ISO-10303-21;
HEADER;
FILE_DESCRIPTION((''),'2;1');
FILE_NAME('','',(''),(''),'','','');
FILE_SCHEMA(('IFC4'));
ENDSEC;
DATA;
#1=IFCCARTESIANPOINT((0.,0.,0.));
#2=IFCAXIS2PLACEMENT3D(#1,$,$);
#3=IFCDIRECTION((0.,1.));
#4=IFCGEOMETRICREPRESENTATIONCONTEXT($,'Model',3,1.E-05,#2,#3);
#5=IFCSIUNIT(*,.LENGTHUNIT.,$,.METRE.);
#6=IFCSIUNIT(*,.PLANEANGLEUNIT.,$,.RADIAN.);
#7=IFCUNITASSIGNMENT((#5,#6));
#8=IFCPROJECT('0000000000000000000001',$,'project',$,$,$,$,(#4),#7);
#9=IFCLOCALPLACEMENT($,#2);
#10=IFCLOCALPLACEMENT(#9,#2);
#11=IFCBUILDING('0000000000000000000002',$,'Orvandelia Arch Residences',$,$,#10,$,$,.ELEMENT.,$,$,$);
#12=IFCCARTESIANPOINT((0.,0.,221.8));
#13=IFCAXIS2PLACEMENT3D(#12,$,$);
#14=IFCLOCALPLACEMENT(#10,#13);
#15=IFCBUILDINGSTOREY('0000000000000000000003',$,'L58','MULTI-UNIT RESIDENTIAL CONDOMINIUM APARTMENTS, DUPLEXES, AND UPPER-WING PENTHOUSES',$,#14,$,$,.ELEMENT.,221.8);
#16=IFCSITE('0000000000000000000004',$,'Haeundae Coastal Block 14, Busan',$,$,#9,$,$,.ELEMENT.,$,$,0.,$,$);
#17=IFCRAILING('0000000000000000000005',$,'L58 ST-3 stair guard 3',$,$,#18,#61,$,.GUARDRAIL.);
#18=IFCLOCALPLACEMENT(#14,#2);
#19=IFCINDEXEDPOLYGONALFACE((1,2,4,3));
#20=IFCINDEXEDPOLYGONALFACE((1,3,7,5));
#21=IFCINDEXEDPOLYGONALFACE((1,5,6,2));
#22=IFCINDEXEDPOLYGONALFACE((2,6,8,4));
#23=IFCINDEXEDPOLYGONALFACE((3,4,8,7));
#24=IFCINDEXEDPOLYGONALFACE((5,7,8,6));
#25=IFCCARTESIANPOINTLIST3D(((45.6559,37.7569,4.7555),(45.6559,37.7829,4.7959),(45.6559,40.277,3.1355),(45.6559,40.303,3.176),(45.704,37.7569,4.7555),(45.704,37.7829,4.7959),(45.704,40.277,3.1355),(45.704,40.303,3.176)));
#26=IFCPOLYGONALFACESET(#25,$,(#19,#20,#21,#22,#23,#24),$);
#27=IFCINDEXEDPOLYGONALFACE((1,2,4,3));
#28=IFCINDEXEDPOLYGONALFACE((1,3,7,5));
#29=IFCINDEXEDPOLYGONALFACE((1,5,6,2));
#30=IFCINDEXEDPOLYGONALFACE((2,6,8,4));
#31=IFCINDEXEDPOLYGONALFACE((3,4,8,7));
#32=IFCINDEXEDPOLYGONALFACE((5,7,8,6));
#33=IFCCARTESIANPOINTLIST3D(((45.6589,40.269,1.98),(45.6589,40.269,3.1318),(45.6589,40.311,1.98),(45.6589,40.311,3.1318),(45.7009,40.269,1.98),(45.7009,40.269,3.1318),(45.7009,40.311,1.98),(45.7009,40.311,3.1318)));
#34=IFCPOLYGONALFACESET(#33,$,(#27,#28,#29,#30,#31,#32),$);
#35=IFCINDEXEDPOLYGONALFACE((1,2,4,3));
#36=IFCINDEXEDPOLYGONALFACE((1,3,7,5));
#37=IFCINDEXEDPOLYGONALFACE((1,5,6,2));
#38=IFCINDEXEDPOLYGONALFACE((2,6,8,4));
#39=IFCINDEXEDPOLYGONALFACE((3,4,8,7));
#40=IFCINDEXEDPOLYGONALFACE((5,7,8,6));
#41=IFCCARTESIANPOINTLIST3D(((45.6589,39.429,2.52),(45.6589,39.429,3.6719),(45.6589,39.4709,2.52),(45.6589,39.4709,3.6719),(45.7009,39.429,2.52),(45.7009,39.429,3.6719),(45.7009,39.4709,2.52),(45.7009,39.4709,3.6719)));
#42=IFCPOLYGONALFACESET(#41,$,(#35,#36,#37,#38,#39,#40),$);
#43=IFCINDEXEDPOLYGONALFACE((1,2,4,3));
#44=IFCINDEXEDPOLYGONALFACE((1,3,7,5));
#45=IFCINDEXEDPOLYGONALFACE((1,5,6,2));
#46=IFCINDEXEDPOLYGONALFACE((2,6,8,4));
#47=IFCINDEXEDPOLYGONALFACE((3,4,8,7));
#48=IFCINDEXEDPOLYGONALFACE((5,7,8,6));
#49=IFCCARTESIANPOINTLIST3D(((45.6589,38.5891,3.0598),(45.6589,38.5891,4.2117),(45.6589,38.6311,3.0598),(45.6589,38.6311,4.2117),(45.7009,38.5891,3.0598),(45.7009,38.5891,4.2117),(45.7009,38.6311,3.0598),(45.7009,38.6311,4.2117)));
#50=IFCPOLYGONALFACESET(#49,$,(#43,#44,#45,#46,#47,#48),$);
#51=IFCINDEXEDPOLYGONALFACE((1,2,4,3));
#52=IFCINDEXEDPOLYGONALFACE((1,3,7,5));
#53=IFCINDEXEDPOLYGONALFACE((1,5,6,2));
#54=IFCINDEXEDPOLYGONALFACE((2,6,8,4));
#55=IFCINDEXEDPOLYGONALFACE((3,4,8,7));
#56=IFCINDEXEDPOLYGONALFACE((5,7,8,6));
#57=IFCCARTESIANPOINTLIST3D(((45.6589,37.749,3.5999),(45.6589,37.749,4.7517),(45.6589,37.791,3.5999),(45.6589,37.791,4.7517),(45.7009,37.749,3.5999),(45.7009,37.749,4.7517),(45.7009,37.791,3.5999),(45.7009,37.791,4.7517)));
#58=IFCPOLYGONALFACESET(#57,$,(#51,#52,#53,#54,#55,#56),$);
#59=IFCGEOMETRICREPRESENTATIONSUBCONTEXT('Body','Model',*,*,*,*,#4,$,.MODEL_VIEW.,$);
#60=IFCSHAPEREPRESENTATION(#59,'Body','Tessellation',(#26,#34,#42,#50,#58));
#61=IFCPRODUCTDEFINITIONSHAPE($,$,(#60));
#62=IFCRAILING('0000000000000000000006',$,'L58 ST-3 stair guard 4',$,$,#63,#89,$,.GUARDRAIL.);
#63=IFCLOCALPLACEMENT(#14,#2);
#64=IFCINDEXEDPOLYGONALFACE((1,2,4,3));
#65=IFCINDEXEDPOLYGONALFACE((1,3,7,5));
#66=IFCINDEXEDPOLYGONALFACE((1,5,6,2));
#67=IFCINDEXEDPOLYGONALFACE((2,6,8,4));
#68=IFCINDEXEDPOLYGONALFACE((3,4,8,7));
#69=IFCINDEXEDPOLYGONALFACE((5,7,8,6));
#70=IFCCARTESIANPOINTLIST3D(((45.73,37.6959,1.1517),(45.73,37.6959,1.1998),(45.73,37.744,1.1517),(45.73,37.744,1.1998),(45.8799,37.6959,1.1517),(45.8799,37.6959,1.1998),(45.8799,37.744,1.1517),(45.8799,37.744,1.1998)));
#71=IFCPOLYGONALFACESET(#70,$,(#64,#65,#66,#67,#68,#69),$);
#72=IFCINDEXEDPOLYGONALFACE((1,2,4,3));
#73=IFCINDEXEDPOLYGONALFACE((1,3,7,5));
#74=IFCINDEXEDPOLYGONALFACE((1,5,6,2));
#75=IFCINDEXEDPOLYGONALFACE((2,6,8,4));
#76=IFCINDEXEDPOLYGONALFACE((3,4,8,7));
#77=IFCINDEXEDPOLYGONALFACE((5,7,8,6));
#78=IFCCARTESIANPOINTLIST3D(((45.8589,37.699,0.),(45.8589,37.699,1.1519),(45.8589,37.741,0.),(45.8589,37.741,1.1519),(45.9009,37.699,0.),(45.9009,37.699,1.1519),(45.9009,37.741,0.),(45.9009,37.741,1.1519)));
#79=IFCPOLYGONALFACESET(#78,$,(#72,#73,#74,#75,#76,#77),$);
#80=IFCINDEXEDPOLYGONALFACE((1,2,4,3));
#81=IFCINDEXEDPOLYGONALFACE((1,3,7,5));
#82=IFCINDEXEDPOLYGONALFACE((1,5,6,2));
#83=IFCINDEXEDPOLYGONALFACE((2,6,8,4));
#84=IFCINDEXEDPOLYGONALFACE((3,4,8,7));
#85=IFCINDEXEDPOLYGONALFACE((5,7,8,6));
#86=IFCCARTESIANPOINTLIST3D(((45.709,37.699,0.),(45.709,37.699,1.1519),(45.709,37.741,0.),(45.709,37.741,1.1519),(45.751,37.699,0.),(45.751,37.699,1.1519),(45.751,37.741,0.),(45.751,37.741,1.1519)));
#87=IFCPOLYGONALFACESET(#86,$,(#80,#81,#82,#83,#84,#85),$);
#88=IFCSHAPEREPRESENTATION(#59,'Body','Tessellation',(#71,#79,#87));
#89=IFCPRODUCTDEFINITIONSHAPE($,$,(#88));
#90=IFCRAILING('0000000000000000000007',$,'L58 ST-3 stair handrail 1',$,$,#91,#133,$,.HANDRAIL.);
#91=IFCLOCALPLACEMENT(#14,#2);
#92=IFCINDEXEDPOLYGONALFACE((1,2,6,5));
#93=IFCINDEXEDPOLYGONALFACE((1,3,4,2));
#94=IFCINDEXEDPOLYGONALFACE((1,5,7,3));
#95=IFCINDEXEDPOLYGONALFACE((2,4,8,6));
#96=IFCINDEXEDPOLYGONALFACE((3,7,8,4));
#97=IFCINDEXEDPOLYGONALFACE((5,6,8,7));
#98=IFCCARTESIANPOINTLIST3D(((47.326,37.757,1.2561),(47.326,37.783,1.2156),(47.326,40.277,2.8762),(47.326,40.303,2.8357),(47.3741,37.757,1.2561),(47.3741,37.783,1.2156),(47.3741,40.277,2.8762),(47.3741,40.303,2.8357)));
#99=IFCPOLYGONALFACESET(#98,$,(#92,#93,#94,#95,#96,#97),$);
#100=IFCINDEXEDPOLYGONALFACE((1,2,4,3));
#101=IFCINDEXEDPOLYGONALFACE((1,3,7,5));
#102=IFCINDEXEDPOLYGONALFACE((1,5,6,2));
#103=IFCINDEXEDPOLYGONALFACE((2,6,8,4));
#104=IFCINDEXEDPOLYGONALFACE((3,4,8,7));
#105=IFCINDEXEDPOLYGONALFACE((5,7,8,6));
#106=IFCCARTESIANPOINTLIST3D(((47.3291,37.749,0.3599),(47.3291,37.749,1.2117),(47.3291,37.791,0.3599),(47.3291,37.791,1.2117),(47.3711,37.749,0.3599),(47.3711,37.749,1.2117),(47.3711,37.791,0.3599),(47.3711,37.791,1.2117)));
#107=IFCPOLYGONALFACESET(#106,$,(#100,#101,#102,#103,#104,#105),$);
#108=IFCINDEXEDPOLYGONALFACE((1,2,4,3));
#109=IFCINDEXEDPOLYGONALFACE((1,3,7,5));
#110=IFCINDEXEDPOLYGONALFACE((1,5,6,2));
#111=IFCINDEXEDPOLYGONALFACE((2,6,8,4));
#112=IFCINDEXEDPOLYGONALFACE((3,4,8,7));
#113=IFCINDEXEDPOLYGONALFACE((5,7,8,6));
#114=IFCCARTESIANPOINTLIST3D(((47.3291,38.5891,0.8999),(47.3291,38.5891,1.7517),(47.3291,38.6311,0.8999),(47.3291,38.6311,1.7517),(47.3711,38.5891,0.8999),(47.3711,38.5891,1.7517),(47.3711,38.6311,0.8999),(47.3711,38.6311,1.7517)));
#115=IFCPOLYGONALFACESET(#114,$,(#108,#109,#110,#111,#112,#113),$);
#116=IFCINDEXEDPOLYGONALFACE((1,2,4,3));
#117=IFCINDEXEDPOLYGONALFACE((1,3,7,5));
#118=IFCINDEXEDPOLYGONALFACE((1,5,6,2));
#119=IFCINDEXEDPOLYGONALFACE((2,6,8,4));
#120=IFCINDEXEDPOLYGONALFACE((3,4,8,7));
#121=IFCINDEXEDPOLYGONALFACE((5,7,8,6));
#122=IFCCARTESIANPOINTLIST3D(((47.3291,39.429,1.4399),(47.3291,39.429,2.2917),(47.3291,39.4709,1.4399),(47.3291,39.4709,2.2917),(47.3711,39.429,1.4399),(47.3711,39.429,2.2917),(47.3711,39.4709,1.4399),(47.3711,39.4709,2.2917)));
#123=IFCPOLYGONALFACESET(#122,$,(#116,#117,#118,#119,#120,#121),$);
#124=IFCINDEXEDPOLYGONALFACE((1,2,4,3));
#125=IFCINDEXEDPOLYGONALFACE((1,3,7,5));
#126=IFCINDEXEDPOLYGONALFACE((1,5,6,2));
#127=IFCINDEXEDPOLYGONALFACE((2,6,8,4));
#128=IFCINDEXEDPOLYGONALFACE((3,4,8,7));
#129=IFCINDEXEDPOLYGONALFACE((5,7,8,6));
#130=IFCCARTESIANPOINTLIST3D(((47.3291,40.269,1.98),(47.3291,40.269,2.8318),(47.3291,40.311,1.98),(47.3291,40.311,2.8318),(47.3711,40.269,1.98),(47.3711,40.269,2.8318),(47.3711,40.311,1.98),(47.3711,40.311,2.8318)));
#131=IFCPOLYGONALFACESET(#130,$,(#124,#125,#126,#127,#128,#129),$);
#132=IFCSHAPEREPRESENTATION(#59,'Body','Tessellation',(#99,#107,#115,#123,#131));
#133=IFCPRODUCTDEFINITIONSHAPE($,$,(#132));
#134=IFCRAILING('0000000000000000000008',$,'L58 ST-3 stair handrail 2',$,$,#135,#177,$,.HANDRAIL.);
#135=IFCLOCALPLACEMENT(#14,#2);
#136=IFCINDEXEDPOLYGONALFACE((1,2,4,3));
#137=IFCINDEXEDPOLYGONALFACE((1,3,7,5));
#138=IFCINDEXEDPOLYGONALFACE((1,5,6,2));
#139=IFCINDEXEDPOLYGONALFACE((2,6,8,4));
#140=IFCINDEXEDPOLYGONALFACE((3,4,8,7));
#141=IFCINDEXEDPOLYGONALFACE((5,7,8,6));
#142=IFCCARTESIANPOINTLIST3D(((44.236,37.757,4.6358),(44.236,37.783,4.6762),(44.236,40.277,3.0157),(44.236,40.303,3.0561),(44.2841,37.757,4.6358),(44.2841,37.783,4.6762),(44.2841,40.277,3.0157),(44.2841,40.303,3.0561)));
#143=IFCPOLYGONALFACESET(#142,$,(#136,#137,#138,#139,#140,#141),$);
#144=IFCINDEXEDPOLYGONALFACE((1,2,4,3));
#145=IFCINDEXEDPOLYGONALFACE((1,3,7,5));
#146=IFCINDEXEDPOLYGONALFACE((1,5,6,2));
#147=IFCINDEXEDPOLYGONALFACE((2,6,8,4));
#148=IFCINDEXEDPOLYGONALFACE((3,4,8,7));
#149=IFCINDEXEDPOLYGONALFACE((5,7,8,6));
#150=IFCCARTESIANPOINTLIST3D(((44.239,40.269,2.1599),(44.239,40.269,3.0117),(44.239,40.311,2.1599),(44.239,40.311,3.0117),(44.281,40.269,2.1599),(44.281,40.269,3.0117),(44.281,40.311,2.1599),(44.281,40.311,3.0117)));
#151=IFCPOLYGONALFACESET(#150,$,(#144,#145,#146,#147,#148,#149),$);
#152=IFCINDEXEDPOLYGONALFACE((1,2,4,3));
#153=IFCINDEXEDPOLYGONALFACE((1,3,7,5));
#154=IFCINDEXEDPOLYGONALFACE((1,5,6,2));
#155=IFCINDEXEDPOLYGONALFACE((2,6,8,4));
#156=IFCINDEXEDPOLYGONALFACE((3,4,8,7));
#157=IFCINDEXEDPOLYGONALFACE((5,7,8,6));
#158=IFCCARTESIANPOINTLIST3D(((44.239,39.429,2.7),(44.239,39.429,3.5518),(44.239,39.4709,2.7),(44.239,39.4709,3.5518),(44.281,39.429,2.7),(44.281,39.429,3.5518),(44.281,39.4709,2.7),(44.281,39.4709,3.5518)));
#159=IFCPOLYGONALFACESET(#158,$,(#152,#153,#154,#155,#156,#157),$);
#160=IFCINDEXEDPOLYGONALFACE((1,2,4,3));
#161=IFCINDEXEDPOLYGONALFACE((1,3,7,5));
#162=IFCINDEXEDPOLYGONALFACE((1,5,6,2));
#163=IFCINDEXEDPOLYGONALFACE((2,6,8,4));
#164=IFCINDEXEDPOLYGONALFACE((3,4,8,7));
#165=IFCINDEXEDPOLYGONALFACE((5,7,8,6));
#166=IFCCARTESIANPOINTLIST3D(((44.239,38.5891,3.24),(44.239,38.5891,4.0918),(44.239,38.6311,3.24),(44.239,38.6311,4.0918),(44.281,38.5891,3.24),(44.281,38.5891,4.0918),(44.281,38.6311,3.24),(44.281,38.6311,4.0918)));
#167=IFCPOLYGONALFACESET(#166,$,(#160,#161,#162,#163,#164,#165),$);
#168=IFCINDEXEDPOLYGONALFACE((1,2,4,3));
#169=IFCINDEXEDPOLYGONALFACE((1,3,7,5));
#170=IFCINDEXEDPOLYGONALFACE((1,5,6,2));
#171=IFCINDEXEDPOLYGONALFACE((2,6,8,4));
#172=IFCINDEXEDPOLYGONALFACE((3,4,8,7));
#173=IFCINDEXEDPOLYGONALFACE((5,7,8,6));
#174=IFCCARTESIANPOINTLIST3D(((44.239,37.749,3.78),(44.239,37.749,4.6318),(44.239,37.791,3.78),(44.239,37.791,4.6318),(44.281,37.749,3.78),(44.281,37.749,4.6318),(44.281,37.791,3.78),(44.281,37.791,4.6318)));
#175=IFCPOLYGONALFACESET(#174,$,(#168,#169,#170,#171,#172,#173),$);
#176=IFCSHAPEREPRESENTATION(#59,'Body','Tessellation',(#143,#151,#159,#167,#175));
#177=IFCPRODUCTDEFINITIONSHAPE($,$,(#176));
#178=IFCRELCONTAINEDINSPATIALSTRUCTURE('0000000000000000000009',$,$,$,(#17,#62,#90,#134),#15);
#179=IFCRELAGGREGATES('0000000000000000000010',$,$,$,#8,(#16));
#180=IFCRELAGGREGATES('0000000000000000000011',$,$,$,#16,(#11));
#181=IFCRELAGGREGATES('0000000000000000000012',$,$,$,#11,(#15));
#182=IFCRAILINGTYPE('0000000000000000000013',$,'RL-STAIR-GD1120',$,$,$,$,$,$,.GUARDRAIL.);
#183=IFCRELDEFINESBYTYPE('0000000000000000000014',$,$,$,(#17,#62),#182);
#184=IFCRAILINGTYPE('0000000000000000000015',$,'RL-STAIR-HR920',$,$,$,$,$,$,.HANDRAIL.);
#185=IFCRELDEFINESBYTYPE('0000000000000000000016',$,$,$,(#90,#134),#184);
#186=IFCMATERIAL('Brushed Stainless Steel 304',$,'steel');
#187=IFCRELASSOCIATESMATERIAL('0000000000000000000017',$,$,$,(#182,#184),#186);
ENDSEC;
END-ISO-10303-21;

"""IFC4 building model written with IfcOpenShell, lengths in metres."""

from ifc_helpers import new_model, si_unit, direction, frame, origin, origin_2d, place, context, subcontext, project, spatial, rectangle, extrude, material, type_object, element, save


model = new_model("IFC4")

# Units and contexts
model_context = context("Model", 3, precision=1e-05, world=origin(), true_north=direction((0.0, 1.0)))
body_context = subcontext(model_context, "Body", "Model", "MODEL_VIEW")
ifc_project = project(units=[si_unit("LENGTHUNIT", "METRE"), si_unit("PLANEANGLEUNIT", "RADIAN")], contexts=[model_context])

# Site, building, storey
site_placement = place(None, origin())
site = spatial("IfcSite", under=ifc_project, at=site_placement, Name="Haeundae Coastal Block 14, Busan", CompositionType="ELEMENT", RefElevation=0.0)
building_placement = place(site_placement, origin())
building = spatial("IfcBuilding", under=site, at=building_placement, Name="Orvandelia Arch Residences", CompositionType="ELEMENT")
storey_placement = place(building_placement, frame((0.0, 0.0, 221.8)))
storey = spatial("IfcBuildingStorey", under=building, at=storey_placement, Name="L58", Description="MULTI-UNIT RESIDENTIAL CONDOMINIUM APARTMENTS, DUPLEXES, AND UPPER-WING PENTHOUSES", CompositionType="ELEMENT", Elevation=221.8)

# Railings
ifc_material_1 = material(Name="Brushed Stainless Steel 304", Category="steel")
railing_type_1 = type_object("IfcRailingType", Name="RL-STAIR-GD1120", PredefinedType="GUARDRAIL", material=ifc_material_1)
railing_1_placement = place(storey_placement, frame((45.6799, 40.29, 1.98)))
element("IfcRailing", 1, at=railing_1_placement, inside=storey, type_object=railing_type_1, Name="L58 ST-3 stair guard 3", PredefinedType="GUARDRAIL", context=body_context, shape_type="SweptSolid", body=[
    extrude(rectangle(XDim=0.0481, YDim=0.0481, at=origin_2d()), frame((0.0, 0.0, 1.1758), z_axis=(0.0, -0.8412, 0.540725), x_axis=(1.0, 0.0, 0.0)), (0.0, 0.0, 1.0), 2.9958),
    extrude(rectangle(XDim=0.042, YDim=0.042, at=origin_2d()), origin(), (0.0, 0.0, 1.0), 1.1519),
    extrude(rectangle(XDim=0.042, YDim=0.042, at=origin_2d()), frame((0.0, -0.8401, 0.54)), (0.0, 0.0, 1.0), 1.1519),
    extrude(rectangle(XDim=0.042, YDim=0.042, at=origin_2d()), frame((0.0, -1.6799, 1.0798)), (0.0, 0.0, 1.0), 1.1519),
    extrude(rectangle(XDim=0.042, YDim=0.042, at=origin_2d()), frame((0.0, -2.52, 1.6199)), (0.0, 0.0, 1.0), 1.1519),
])
railing_2_placement = place(storey_placement, frame((45.8799, 37.72, 0.0)))
element("IfcRailing", 2, at=railing_2_placement, inside=storey, type_object=railing_type_1, Name="L58 ST-3 stair guard 4", PredefinedType="GUARDRAIL", context=body_context, shape_type="SweptSolid", body=[
    extrude(rectangle(XDim=0.0481, YDim=0.0481, at=origin_2d()), frame((0.0, 0.0, 1.1758), z_axis=(-1.0, 0.0, 0.0), x_axis=(0.0, -1.0, 0.0)), (0.0, 0.0, 1.0), 0.1499),
    extrude(rectangle(XDim=0.042, YDim=0.042, at=origin_2d()), origin(), (0.0, 0.0, 1.0), 1.1519),
    extrude(rectangle(XDim=0.042, YDim=0.042, at=origin_2d()), frame((-0.1499, 0.0, 0.0)), (0.0, 0.0, 1.0), 1.1519),
])
railing_type_2 = type_object("IfcRailingType", Name="RL-STAIR-HR920", PredefinedType="HANDRAIL", material=ifc_material_1)
railing_3_placement = place(storey_placement, frame((47.3501, 37.77, 0.3599)))
element("IfcRailing", 3, at=railing_3_placement, inside=storey, type_object=railing_type_2, Name="L58 ST-3 stair handrail 1", PredefinedType="HANDRAIL", context=body_context, shape_type="SweptSolid", body=[
    extrude(rectangle(XDim=0.0481, YDim=0.0481, at=origin_2d()), frame((0.0, 0.0, 0.876), z_axis=(0.0, 0.841163, 0.540782), x_axis=(-1.0, 0.0, 0.0)), (0.0, 0.0, 1.0), 2.9958),
    extrude(rectangle(XDim=0.042, YDim=0.042, at=origin_2d()), origin(), (0.0, 0.0, 1.0), 0.8518),
    extrude(rectangle(XDim=0.042, YDim=0.042, at=origin_2d()), frame((0.0, 0.8401, 0.54)), (0.0, 0.0, 1.0), 0.8518),
    extrude(rectangle(XDim=0.042, YDim=0.042, at=origin_2d()), frame((0.0, 1.6799, 1.0801)), (0.0, 0.0, 1.0), 0.8518),
    extrude(rectangle(XDim=0.042, YDim=0.042, at=origin_2d()), frame((0.0, 2.52, 1.6201)), (0.0, 0.0, 1.0), 0.8518),
])
railing_4_placement = place(storey_placement, frame((44.26, 40.29, 2.1599)))
element("IfcRailing", 4, at=railing_4_placement, inside=storey, type_object=railing_type_2, Name="L58 ST-3 stair handrail 2", PredefinedType="HANDRAIL", context=body_context, shape_type="SweptSolid", body=[
    extrude(rectangle(XDim=0.0481, YDim=0.0481, at=origin_2d()), frame((0.0, 0.0, 0.876), z_axis=(0.0, -0.841163, 0.540782), x_axis=(1.0, 0.0, 0.0)), (0.0, 0.0, 1.0), 2.9958),
    extrude(rectangle(XDim=0.042, YDim=0.042, at=origin_2d()), origin(), (0.0, 0.0, 1.0), 0.8518),
    extrude(rectangle(XDim=0.042, YDim=0.042, at=origin_2d()), frame((0.0, -0.8401, 0.54)), (0.0, 0.0, 1.0), 0.8518),
    extrude(rectangle(XDim=0.042, YDim=0.042, at=origin_2d()), frame((0.0, -1.6799, 1.0801)), (0.0, 0.0, 1.0), 0.8518),
    extrude(rectangle(XDim=0.042, YDim=0.042, at=origin_2d()), frame((0.0, -2.52, 1.6201)), (0.0, 0.0, 1.0), 0.8518),
])

save(model, "model.ifc")
